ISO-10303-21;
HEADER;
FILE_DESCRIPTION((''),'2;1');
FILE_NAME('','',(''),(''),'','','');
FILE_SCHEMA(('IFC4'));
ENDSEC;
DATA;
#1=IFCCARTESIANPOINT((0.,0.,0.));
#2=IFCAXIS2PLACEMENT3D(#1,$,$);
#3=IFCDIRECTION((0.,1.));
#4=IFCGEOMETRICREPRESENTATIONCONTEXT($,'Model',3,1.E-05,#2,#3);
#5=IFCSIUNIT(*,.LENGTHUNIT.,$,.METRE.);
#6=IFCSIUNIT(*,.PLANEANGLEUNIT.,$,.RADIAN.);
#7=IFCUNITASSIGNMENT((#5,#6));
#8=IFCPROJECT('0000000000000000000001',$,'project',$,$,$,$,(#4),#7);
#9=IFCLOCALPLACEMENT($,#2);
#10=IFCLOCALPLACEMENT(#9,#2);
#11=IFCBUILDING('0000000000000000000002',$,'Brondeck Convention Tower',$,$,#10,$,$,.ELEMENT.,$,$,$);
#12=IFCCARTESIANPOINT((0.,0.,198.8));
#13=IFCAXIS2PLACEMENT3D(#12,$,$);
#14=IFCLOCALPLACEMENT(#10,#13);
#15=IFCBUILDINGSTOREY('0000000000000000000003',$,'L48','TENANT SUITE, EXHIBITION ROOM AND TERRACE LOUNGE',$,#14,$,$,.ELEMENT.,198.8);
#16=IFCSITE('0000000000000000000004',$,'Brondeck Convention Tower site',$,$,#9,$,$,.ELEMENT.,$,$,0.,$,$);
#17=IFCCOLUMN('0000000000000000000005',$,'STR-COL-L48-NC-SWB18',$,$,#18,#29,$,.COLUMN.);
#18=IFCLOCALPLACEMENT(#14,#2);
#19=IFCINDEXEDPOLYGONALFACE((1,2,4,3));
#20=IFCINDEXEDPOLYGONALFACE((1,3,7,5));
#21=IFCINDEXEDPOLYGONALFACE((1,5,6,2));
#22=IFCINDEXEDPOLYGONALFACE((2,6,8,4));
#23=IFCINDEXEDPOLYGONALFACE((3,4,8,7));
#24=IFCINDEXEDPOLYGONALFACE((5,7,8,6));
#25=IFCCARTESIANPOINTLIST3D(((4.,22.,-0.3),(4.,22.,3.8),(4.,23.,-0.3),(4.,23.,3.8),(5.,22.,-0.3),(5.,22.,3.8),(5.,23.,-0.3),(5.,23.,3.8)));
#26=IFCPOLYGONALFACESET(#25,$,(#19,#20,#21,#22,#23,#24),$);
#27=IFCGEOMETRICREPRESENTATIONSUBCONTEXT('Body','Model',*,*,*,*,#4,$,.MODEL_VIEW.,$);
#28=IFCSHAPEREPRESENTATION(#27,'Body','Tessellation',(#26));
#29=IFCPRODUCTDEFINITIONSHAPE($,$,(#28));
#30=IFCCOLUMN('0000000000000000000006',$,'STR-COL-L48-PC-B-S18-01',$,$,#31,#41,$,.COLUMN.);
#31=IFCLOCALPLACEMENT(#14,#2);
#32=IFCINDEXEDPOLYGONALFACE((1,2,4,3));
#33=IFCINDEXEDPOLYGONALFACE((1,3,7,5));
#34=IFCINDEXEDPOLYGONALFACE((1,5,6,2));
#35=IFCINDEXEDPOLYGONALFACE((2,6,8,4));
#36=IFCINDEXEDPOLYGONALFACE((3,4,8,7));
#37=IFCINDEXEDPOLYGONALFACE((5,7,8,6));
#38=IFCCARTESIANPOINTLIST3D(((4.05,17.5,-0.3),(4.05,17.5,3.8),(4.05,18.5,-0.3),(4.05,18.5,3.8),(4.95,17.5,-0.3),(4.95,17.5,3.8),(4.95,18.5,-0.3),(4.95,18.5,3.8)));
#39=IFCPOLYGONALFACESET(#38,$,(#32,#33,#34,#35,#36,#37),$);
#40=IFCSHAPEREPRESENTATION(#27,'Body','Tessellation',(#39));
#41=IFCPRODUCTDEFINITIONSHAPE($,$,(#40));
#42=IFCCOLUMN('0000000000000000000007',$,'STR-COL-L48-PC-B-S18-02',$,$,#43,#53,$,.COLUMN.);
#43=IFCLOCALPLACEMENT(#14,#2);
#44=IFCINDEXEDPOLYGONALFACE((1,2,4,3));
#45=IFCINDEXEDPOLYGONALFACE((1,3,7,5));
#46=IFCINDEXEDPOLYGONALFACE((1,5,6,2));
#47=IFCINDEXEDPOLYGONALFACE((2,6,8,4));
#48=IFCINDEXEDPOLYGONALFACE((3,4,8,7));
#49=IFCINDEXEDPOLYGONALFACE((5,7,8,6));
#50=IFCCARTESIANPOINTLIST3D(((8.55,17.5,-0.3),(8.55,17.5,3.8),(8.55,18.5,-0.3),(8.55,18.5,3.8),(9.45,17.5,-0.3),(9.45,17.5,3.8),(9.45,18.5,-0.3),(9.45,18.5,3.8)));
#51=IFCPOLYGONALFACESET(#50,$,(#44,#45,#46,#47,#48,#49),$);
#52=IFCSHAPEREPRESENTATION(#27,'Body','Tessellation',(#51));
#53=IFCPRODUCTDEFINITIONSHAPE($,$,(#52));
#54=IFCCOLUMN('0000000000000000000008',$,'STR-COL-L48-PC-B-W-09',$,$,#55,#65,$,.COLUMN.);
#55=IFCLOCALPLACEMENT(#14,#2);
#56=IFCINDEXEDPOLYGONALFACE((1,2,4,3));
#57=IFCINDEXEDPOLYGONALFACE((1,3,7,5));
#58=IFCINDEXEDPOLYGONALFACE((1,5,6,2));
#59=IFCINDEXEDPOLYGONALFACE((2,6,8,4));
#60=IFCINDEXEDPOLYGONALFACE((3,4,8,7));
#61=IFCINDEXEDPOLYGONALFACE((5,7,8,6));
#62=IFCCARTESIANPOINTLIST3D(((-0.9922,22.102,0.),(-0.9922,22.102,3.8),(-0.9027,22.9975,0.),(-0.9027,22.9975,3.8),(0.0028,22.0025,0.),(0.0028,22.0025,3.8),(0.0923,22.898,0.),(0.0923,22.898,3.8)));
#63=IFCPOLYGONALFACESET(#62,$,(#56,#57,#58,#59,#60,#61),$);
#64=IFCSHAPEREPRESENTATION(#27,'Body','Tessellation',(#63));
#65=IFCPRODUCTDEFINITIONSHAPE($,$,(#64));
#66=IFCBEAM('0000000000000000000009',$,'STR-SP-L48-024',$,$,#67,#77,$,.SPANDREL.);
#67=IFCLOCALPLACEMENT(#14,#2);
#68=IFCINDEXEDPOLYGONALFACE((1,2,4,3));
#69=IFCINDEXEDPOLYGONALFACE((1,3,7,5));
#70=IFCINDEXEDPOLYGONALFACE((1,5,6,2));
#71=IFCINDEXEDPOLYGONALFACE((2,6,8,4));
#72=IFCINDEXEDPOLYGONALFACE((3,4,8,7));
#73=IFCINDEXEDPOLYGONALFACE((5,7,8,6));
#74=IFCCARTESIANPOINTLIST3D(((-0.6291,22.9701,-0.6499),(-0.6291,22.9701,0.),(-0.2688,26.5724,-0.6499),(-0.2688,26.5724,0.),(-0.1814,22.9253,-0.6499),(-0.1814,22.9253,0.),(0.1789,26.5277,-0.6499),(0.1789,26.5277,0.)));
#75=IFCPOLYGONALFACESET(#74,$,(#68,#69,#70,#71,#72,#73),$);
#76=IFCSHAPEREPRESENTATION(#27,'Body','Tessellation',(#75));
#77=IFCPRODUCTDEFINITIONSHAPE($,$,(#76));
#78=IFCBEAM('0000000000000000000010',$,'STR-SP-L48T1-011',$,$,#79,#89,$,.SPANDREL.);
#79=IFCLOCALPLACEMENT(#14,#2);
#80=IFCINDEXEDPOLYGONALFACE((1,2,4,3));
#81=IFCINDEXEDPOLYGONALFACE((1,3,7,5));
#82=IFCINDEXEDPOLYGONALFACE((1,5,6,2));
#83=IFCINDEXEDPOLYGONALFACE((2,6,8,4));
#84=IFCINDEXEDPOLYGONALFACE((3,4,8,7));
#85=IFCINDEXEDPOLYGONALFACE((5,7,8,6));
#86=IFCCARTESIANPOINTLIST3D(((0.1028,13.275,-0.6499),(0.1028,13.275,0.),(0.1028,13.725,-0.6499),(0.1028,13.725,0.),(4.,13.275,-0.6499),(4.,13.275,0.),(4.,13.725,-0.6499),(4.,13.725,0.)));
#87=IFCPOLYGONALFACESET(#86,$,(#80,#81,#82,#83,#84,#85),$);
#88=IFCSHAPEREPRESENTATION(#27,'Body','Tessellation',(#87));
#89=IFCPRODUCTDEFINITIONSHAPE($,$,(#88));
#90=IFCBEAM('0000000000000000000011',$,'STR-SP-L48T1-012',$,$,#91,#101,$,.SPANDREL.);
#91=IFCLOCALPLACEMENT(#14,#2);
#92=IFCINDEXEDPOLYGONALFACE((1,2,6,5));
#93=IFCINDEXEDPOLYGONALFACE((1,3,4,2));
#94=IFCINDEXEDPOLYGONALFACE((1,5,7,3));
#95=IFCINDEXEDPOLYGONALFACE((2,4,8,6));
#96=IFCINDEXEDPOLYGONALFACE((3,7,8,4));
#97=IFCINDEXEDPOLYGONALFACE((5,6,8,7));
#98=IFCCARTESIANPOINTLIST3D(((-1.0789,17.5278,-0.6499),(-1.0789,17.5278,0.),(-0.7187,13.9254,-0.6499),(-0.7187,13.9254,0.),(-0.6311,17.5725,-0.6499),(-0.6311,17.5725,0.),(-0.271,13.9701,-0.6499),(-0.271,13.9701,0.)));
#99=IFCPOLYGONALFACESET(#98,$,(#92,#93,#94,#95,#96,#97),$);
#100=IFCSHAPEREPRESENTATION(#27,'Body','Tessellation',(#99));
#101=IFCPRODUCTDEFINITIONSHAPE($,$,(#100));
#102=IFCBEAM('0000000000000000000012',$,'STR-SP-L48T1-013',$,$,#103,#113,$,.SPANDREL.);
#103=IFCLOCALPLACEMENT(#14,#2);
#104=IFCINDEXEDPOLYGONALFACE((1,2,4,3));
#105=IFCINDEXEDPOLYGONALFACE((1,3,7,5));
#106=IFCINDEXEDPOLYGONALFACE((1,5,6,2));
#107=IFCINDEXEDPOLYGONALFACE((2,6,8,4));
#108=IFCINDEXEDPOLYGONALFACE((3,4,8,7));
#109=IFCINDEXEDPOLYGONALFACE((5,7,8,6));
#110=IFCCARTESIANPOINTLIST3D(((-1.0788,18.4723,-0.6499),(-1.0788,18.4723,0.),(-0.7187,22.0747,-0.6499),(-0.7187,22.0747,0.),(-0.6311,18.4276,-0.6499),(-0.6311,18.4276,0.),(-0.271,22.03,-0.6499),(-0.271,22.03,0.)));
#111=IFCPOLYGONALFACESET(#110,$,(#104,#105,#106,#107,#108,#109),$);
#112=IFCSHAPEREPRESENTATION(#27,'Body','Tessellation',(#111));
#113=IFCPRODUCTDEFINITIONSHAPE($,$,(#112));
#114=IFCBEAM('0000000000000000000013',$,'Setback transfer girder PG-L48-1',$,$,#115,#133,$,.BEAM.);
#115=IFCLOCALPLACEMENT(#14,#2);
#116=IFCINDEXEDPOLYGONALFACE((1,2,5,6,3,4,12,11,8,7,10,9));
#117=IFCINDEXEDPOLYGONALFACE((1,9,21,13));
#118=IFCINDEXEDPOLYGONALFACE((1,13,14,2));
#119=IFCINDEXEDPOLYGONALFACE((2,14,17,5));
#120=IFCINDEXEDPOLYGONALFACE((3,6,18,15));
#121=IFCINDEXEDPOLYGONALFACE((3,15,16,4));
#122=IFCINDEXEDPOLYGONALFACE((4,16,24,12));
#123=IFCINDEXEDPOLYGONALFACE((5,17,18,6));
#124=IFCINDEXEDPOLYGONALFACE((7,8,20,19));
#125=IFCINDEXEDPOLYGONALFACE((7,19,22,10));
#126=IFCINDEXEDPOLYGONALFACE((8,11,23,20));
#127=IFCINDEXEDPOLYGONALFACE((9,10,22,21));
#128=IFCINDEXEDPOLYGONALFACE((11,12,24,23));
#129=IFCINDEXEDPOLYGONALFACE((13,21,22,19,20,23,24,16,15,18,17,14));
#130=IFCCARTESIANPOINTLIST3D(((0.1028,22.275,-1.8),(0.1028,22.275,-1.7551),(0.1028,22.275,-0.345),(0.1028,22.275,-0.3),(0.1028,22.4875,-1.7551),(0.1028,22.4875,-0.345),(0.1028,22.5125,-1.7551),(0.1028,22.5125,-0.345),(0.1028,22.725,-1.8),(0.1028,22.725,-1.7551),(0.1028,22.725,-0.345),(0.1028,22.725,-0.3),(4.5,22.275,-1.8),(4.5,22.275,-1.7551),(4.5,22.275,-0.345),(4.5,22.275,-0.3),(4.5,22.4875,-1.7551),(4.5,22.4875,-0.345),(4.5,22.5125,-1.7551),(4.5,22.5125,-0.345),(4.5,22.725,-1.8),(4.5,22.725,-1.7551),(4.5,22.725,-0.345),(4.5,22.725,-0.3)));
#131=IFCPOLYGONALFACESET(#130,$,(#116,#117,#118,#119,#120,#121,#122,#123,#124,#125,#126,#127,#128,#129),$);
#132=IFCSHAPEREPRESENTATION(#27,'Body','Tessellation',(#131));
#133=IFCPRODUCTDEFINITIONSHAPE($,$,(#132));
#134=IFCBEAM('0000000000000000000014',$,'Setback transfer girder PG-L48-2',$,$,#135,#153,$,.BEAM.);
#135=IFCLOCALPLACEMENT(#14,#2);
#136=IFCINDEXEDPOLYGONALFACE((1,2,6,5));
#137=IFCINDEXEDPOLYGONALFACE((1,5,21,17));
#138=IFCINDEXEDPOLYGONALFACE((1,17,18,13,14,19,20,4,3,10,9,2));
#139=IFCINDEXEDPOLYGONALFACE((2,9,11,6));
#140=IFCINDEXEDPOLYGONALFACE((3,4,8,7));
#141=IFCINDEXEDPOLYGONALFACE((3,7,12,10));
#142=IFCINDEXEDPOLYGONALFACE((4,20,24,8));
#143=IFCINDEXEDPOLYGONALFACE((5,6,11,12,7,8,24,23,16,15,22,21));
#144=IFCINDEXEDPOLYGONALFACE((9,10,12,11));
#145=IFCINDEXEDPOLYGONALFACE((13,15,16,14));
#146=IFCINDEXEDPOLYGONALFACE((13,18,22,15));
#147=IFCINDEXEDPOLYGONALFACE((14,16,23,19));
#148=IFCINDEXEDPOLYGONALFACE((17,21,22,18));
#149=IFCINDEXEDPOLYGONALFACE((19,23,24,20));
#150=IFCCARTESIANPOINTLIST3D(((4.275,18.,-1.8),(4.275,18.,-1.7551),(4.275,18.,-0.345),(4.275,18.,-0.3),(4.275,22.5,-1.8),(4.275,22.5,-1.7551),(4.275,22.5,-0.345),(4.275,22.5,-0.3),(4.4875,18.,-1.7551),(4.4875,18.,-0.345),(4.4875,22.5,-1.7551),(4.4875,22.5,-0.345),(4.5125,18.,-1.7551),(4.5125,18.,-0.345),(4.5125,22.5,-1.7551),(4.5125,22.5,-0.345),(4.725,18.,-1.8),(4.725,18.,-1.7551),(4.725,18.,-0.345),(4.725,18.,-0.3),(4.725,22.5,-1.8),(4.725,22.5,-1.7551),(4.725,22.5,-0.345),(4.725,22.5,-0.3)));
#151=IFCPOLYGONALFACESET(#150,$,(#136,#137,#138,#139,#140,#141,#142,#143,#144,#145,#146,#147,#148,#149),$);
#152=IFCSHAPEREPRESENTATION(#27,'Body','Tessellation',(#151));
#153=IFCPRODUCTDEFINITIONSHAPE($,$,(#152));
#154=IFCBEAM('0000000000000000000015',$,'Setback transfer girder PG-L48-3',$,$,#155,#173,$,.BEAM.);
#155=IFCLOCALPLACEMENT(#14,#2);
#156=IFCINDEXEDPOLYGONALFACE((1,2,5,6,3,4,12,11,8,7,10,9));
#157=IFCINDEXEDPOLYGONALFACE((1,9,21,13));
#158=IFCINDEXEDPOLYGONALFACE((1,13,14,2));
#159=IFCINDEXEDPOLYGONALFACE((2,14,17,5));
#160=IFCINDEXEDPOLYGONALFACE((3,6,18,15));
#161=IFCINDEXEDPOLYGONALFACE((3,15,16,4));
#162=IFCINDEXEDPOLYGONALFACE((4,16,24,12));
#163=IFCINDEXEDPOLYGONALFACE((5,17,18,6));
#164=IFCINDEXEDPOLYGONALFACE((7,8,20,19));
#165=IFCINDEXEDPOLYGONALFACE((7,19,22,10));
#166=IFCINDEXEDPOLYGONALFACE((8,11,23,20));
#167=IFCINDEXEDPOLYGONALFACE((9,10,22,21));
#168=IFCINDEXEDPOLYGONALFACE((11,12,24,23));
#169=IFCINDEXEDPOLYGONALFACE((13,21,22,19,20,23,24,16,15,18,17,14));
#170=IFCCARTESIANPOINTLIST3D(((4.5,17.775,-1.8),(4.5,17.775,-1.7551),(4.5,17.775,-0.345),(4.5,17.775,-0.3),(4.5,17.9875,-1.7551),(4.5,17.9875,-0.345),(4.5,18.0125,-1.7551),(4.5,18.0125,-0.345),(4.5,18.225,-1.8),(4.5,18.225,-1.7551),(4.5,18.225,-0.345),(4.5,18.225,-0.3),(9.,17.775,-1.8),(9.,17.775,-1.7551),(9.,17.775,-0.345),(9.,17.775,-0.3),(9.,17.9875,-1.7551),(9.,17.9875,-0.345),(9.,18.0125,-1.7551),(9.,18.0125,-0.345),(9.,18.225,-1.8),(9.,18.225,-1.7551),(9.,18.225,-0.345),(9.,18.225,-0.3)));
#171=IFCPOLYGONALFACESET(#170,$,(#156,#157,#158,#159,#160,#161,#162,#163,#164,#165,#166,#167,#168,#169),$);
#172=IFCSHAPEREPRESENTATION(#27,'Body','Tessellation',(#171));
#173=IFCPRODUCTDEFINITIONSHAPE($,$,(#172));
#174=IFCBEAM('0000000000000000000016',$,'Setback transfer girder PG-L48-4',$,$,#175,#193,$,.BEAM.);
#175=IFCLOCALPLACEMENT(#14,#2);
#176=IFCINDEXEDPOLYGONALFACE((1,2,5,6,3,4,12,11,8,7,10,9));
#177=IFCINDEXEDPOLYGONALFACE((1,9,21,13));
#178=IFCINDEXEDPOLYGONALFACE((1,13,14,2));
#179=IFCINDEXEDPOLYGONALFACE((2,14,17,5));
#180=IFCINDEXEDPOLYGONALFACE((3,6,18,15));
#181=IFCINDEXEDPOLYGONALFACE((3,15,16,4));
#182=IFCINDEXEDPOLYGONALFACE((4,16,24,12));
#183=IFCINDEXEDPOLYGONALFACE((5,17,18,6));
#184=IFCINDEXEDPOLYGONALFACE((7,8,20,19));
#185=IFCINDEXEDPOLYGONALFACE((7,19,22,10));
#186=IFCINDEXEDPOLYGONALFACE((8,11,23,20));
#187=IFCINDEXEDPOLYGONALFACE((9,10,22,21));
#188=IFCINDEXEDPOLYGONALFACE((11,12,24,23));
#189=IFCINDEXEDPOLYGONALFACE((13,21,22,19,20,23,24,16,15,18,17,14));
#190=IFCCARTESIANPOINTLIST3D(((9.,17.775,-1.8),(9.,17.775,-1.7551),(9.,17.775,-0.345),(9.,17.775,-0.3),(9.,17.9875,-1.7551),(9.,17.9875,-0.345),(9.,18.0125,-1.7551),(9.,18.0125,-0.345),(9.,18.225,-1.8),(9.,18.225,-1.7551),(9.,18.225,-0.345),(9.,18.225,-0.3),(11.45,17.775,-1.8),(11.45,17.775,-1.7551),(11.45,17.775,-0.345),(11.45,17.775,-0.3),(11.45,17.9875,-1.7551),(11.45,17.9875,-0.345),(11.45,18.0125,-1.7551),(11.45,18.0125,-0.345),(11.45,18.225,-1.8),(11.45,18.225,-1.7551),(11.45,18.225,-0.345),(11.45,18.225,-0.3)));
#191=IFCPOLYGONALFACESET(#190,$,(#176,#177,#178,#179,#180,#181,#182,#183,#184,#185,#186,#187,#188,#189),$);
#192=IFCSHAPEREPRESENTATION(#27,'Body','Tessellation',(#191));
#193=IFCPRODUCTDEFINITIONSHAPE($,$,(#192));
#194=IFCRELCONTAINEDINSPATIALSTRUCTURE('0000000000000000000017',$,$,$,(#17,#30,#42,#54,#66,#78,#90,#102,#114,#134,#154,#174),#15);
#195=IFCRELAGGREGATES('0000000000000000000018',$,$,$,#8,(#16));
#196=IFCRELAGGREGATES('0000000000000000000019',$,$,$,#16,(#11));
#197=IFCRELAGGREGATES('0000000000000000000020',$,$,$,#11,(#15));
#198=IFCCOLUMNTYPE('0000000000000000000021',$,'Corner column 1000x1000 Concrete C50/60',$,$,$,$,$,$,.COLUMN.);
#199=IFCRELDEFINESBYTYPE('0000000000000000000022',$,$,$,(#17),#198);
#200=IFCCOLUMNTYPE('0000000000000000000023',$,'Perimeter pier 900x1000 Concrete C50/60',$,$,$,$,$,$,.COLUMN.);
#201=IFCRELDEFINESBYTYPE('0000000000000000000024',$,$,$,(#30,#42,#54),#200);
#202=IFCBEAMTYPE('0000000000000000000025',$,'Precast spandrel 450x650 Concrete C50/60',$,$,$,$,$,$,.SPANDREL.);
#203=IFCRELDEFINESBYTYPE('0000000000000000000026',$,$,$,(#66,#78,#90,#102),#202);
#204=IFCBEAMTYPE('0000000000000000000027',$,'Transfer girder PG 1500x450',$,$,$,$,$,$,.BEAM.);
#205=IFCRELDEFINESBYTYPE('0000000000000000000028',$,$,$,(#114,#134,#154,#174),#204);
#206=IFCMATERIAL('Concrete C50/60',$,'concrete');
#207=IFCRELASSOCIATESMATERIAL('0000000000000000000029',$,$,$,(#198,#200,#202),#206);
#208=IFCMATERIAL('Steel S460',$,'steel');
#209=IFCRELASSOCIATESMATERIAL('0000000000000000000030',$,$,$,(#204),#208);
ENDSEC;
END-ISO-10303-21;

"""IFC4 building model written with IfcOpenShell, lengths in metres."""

from ifc_helpers import new_model, si_unit, direction, frame, origin, origin_2d, place, context, subcontext, project, spatial, rectangle, i_section, extrude, material, material_profile, profile_set, type_object, element, save


model = new_model("IFC4")

# Units and contexts
model_context = context("Model", 3, precision=1e-05, world=origin(), true_north=direction((0.0, 1.0)))
body_context = subcontext(model_context, "Body", "Model", "MODEL_VIEW")
ifc_project = project(units=[si_unit("LENGTHUNIT", "METRE"), si_unit("PLANEANGLEUNIT", "RADIAN")], contexts=[model_context])

# Site, building, storey
site_placement = place(None, origin())
site = spatial("IfcSite", under=ifc_project, at=site_placement, Name="Brondeck Convention Tower site", CompositionType="ELEMENT", RefElevation=0.0)
building_placement = place(site_placement, origin())
building = spatial("IfcBuilding", under=site, at=building_placement, Name="Brondeck Convention Tower", CompositionType="ELEMENT")
storey_placement = place(building_placement, frame((0.0, 0.0, 198.8)))
storey = spatial("IfcBuildingStorey", under=building, at=storey_placement, Name="L48", Description="TENANT SUITE, EXHIBITION ROOM AND TERRACE LOUNGE", CompositionType="ELEMENT", Elevation=198.8)

# Columns
ifc_material_1 = material(Name="Concrete C50/60", Category="concrete")
ifc_material_profile_1 = material_profile(ifc_material_1, rectangle(XDim=1.0, YDim=1.0, at=origin_2d()), Name="Corner column 1000x1000 Concrete C50/60")
ifc_profile_set_1 = profile_set([ifc_material_profile_1], Name="Concrete C50/60")
column_type_1 = type_object("IfcColumnType", Name="Corner column 1000x1000 Concrete C50/60", PredefinedType="COLUMN", material=ifc_profile_set_1)
column_1_placement = place(storey_placement, frame((4.5, 22.5, -0.3), z_axis=(0.0, 0.0, 1.0), x_axis=(1.0, 0.0, 0.0)))
element("IfcColumn", 1, at=column_1_placement, inside=storey, type_object=column_type_1, Name="STR-COL-L48-NC-SWB18", PredefinedType="COLUMN", context=body_context, shape_type="SweptSolid", body=[
    extrude(rectangle(XDim=1.0, YDim=1.0, at=origin_2d()), origin(), (0.0, 0.0, 1.0), 4.1001),
])
ifc_material_profile_2 = material_profile(ifc_material_1, rectangle(XDim=0.8999, YDim=1.0, at=origin_2d()), Name="Perimeter pier 900x1000 Concrete C50/60")
ifc_profile_set_2 = profile_set([ifc_material_profile_2], Name="Concrete C50/60")
column_type_2 = type_object("IfcColumnType", Name="Perimeter pier 900x1000 Concrete C50/60", PredefinedType="COLUMN", material=ifc_profile_set_2)
for number, where, z_axis, x_axis, name in (
    (2, (4.5, 18.0, -0.3), (0.0, 0.0, 1.0), (1.0, 0.0, 0.0), "STR-COL-L48-PC-B-S18-01"),
    (3, (9.0, 18.0, -0.3), (0.0, 0.0, 1.0), (1.0, 0.0, 0.0), "STR-COL-L48-PC-B-S18-02"),
):
    element("IfcColumn", number, at=place(storey_placement, frame(where, z_axis=z_axis, x_axis=x_axis)), inside=storey, type_object=column_type_2, Name=name, PredefinedType="COLUMN", context=body_context, shape_type="SweptSolid", body=[
        extrude(rectangle(XDim=0.8999, YDim=1.0, at=origin_2d()), origin(), (0.0, 0.0, 1.0), 4.1001),
    ])
column_2_placement = place(storey_placement, frame((-0.45, 22.5, 0.0), z_axis=(0.0, 0.0, 1.0), x_axis=(-0.099504, -0.995037, 0.0)))
element("IfcColumn", 4, at=column_2_placement, inside=storey, type_object=column_type_2, Name="STR-COL-L48-PC-B-W-09", PredefinedType="COLUMN", context=body_context, shape_type="SweptSolid", body=[
    extrude(rectangle(XDim=0.8999, YDim=1.0, at=origin_2d()), origin(), (0.0, 0.0, 1.0), 3.8),
])

# Beams
ifc_material_profile_3 = material_profile(ifc_material_1, rectangle(XDim=0.45, YDim=0.6499, at=origin_2d()), Name="Precast spandrel 450x650 Concrete C50/60")
ifc_profile_set_3 = profile_set([ifc_material_profile_3], Name="Concrete C50/60")
beam_type_1 = type_object("IfcBeamType", Name="Precast spandrel 450x650 Concrete C50/60", PredefinedType="SPANDREL", material=ifc_profile_set_3)
beam_1_placement = place(storey_placement, frame((-0.0449, 26.55, -0.325), z_axis=(-0.099537, -0.995034, 0.0), x_axis=(0.995034, -0.099537, 0.0)))
element("IfcBeam", 5, at=beam_1_placement, inside=storey, type_object=beam_type_1, Name="STR-SP-L48-024", PredefinedType="SPANDREL", context=body_context, shape_type="SweptSolid", body=[
    extrude(rectangle(XDim=0.45, YDim=0.6499, at=origin_2d()), origin(), (0.0, 0.0, 1.0), 3.6204),
])
beam_2_placement = place(storey_placement, frame((4.0, 13.5, -0.325), z_axis=(-1.0, 0.0, 0.0), x_axis=(0.0, -1.0, 0.0)))
element("IfcBeam", 6, at=beam_2_placement, inside=storey, type_object=beam_type_1, Name="STR-SP-L48T1-011", PredefinedType="SPANDREL", context=body_context, shape_type="SweptSolid", body=[
    extrude(rectangle(XDim=0.45, YDim=0.6499, at=origin_2d()), origin(), (0.0, 0.0, 1.0), 3.8972),
])
for number, where, z_axis, x_axis, name in (
    (7, (-0.4949, 13.9478, -0.325), (-0.09947, 0.995041, 0.0), (-0.995041, -0.09947, 0.0), "STR-SP-L48T1-012"),
    (8, (-0.855, 18.45, -0.325), (0.09947, 0.995041, 0.0), (-0.995041, 0.09947, 0.0), "STR-SP-L48T1-013"),
):
    element("IfcBeam", number, at=place(storey_placement, frame(where, z_axis=z_axis, x_axis=x_axis)), inside=storey, type_object=beam_type_1, Name=name, PredefinedType="SPANDREL", context=body_context, shape_type="SweptSolid", body=[
        extrude(rectangle(XDim=0.45, YDim=0.6499, at=origin_2d()), origin(), (0.0, 0.0, 1.0), 3.6204),
    ])
ifc_material_2 = material(Name="Steel S460", Category="steel")
ifc_material_profile_4 = material_profile(ifc_material_2, i_section(OverallWidth=0.45, OverallDepth=1.5, WebThickness=0.0249, FlangeThickness=0.0449, at=origin_2d()), Name="PG 1500x450")
ifc_profile_set_4 = profile_set([ifc_material_profile_4], Name="Steel S460")
beam_type_2 = type_object("IfcBeamType", Name="Transfer girder PG 1500x450", PredefinedType="BEAM", material=ifc_profile_set_4)
beam_3_placement = place(storey_placement, frame((0.1028, 22.5, -1.05), z_axis=(1.0, 0.0, 0.0), x_axis=(0.0, 1.0, 0.0)))
element("IfcBeam", 9, at=beam_3_placement, inside=storey, type_object=beam_type_2, Name="Setback transfer girder PG-L48-1", PredefinedType="BEAM", context=body_context, shape_type="SweptSolid", body=[
    extrude(i_section(OverallWidth=0.45, OverallDepth=1.5, WebThickness=0.0249, FlangeThickness=0.0449, at=origin_2d()), origin(), (0.0, 0.0, 1.0), 4.3972),
])
for number, where, z_axis, x_axis, name in (
    (10, (4.5, 22.5, -1.05), (0.0, -1.0, 0.0), (1.0, 0.0, 0.0), "Setback transfer girder PG-L48-2"),
    (11, (4.5, 18.0, -1.05), (1.0, 0.0, 0.0), (0.0, 1.0, 0.0), "Setback transfer girder PG-L48-3"),
):
    element("IfcBeam", number, at=place(storey_placement, frame(where, z_axis=z_axis, x_axis=x_axis)), inside=storey, type_object=beam_type_2, Name=name, PredefinedType="BEAM", context=body_context, shape_type="SweptSolid", body=[
        extrude(i_section(OverallWidth=0.45, OverallDepth=1.5, WebThickness=0.0249, FlangeThickness=0.0449, at=origin_2d()), origin(), (0.0, 0.0, 1.0), 4.5),
    ])
beam_4_placement = place(storey_placement, frame((9.0, 18.0, -1.05), z_axis=(1.0, 0.0, 0.0), x_axis=(0.0, 1.0, 0.0)))
element("IfcBeam", 12, at=beam_4_placement, inside=storey, type_object=beam_type_2, Name="Setback transfer girder PG-L48-4", PredefinedType="BEAM", context=body_context, shape_type="SweptSolid", body=[
    extrude(i_section(OverallWidth=0.45, OverallDepth=1.5, WebThickness=0.0249, FlangeThickness=0.0449, at=origin_2d()), origin(), (0.0, 0.0, 1.0), 2.45),
])

save(model, "model.ifc")
